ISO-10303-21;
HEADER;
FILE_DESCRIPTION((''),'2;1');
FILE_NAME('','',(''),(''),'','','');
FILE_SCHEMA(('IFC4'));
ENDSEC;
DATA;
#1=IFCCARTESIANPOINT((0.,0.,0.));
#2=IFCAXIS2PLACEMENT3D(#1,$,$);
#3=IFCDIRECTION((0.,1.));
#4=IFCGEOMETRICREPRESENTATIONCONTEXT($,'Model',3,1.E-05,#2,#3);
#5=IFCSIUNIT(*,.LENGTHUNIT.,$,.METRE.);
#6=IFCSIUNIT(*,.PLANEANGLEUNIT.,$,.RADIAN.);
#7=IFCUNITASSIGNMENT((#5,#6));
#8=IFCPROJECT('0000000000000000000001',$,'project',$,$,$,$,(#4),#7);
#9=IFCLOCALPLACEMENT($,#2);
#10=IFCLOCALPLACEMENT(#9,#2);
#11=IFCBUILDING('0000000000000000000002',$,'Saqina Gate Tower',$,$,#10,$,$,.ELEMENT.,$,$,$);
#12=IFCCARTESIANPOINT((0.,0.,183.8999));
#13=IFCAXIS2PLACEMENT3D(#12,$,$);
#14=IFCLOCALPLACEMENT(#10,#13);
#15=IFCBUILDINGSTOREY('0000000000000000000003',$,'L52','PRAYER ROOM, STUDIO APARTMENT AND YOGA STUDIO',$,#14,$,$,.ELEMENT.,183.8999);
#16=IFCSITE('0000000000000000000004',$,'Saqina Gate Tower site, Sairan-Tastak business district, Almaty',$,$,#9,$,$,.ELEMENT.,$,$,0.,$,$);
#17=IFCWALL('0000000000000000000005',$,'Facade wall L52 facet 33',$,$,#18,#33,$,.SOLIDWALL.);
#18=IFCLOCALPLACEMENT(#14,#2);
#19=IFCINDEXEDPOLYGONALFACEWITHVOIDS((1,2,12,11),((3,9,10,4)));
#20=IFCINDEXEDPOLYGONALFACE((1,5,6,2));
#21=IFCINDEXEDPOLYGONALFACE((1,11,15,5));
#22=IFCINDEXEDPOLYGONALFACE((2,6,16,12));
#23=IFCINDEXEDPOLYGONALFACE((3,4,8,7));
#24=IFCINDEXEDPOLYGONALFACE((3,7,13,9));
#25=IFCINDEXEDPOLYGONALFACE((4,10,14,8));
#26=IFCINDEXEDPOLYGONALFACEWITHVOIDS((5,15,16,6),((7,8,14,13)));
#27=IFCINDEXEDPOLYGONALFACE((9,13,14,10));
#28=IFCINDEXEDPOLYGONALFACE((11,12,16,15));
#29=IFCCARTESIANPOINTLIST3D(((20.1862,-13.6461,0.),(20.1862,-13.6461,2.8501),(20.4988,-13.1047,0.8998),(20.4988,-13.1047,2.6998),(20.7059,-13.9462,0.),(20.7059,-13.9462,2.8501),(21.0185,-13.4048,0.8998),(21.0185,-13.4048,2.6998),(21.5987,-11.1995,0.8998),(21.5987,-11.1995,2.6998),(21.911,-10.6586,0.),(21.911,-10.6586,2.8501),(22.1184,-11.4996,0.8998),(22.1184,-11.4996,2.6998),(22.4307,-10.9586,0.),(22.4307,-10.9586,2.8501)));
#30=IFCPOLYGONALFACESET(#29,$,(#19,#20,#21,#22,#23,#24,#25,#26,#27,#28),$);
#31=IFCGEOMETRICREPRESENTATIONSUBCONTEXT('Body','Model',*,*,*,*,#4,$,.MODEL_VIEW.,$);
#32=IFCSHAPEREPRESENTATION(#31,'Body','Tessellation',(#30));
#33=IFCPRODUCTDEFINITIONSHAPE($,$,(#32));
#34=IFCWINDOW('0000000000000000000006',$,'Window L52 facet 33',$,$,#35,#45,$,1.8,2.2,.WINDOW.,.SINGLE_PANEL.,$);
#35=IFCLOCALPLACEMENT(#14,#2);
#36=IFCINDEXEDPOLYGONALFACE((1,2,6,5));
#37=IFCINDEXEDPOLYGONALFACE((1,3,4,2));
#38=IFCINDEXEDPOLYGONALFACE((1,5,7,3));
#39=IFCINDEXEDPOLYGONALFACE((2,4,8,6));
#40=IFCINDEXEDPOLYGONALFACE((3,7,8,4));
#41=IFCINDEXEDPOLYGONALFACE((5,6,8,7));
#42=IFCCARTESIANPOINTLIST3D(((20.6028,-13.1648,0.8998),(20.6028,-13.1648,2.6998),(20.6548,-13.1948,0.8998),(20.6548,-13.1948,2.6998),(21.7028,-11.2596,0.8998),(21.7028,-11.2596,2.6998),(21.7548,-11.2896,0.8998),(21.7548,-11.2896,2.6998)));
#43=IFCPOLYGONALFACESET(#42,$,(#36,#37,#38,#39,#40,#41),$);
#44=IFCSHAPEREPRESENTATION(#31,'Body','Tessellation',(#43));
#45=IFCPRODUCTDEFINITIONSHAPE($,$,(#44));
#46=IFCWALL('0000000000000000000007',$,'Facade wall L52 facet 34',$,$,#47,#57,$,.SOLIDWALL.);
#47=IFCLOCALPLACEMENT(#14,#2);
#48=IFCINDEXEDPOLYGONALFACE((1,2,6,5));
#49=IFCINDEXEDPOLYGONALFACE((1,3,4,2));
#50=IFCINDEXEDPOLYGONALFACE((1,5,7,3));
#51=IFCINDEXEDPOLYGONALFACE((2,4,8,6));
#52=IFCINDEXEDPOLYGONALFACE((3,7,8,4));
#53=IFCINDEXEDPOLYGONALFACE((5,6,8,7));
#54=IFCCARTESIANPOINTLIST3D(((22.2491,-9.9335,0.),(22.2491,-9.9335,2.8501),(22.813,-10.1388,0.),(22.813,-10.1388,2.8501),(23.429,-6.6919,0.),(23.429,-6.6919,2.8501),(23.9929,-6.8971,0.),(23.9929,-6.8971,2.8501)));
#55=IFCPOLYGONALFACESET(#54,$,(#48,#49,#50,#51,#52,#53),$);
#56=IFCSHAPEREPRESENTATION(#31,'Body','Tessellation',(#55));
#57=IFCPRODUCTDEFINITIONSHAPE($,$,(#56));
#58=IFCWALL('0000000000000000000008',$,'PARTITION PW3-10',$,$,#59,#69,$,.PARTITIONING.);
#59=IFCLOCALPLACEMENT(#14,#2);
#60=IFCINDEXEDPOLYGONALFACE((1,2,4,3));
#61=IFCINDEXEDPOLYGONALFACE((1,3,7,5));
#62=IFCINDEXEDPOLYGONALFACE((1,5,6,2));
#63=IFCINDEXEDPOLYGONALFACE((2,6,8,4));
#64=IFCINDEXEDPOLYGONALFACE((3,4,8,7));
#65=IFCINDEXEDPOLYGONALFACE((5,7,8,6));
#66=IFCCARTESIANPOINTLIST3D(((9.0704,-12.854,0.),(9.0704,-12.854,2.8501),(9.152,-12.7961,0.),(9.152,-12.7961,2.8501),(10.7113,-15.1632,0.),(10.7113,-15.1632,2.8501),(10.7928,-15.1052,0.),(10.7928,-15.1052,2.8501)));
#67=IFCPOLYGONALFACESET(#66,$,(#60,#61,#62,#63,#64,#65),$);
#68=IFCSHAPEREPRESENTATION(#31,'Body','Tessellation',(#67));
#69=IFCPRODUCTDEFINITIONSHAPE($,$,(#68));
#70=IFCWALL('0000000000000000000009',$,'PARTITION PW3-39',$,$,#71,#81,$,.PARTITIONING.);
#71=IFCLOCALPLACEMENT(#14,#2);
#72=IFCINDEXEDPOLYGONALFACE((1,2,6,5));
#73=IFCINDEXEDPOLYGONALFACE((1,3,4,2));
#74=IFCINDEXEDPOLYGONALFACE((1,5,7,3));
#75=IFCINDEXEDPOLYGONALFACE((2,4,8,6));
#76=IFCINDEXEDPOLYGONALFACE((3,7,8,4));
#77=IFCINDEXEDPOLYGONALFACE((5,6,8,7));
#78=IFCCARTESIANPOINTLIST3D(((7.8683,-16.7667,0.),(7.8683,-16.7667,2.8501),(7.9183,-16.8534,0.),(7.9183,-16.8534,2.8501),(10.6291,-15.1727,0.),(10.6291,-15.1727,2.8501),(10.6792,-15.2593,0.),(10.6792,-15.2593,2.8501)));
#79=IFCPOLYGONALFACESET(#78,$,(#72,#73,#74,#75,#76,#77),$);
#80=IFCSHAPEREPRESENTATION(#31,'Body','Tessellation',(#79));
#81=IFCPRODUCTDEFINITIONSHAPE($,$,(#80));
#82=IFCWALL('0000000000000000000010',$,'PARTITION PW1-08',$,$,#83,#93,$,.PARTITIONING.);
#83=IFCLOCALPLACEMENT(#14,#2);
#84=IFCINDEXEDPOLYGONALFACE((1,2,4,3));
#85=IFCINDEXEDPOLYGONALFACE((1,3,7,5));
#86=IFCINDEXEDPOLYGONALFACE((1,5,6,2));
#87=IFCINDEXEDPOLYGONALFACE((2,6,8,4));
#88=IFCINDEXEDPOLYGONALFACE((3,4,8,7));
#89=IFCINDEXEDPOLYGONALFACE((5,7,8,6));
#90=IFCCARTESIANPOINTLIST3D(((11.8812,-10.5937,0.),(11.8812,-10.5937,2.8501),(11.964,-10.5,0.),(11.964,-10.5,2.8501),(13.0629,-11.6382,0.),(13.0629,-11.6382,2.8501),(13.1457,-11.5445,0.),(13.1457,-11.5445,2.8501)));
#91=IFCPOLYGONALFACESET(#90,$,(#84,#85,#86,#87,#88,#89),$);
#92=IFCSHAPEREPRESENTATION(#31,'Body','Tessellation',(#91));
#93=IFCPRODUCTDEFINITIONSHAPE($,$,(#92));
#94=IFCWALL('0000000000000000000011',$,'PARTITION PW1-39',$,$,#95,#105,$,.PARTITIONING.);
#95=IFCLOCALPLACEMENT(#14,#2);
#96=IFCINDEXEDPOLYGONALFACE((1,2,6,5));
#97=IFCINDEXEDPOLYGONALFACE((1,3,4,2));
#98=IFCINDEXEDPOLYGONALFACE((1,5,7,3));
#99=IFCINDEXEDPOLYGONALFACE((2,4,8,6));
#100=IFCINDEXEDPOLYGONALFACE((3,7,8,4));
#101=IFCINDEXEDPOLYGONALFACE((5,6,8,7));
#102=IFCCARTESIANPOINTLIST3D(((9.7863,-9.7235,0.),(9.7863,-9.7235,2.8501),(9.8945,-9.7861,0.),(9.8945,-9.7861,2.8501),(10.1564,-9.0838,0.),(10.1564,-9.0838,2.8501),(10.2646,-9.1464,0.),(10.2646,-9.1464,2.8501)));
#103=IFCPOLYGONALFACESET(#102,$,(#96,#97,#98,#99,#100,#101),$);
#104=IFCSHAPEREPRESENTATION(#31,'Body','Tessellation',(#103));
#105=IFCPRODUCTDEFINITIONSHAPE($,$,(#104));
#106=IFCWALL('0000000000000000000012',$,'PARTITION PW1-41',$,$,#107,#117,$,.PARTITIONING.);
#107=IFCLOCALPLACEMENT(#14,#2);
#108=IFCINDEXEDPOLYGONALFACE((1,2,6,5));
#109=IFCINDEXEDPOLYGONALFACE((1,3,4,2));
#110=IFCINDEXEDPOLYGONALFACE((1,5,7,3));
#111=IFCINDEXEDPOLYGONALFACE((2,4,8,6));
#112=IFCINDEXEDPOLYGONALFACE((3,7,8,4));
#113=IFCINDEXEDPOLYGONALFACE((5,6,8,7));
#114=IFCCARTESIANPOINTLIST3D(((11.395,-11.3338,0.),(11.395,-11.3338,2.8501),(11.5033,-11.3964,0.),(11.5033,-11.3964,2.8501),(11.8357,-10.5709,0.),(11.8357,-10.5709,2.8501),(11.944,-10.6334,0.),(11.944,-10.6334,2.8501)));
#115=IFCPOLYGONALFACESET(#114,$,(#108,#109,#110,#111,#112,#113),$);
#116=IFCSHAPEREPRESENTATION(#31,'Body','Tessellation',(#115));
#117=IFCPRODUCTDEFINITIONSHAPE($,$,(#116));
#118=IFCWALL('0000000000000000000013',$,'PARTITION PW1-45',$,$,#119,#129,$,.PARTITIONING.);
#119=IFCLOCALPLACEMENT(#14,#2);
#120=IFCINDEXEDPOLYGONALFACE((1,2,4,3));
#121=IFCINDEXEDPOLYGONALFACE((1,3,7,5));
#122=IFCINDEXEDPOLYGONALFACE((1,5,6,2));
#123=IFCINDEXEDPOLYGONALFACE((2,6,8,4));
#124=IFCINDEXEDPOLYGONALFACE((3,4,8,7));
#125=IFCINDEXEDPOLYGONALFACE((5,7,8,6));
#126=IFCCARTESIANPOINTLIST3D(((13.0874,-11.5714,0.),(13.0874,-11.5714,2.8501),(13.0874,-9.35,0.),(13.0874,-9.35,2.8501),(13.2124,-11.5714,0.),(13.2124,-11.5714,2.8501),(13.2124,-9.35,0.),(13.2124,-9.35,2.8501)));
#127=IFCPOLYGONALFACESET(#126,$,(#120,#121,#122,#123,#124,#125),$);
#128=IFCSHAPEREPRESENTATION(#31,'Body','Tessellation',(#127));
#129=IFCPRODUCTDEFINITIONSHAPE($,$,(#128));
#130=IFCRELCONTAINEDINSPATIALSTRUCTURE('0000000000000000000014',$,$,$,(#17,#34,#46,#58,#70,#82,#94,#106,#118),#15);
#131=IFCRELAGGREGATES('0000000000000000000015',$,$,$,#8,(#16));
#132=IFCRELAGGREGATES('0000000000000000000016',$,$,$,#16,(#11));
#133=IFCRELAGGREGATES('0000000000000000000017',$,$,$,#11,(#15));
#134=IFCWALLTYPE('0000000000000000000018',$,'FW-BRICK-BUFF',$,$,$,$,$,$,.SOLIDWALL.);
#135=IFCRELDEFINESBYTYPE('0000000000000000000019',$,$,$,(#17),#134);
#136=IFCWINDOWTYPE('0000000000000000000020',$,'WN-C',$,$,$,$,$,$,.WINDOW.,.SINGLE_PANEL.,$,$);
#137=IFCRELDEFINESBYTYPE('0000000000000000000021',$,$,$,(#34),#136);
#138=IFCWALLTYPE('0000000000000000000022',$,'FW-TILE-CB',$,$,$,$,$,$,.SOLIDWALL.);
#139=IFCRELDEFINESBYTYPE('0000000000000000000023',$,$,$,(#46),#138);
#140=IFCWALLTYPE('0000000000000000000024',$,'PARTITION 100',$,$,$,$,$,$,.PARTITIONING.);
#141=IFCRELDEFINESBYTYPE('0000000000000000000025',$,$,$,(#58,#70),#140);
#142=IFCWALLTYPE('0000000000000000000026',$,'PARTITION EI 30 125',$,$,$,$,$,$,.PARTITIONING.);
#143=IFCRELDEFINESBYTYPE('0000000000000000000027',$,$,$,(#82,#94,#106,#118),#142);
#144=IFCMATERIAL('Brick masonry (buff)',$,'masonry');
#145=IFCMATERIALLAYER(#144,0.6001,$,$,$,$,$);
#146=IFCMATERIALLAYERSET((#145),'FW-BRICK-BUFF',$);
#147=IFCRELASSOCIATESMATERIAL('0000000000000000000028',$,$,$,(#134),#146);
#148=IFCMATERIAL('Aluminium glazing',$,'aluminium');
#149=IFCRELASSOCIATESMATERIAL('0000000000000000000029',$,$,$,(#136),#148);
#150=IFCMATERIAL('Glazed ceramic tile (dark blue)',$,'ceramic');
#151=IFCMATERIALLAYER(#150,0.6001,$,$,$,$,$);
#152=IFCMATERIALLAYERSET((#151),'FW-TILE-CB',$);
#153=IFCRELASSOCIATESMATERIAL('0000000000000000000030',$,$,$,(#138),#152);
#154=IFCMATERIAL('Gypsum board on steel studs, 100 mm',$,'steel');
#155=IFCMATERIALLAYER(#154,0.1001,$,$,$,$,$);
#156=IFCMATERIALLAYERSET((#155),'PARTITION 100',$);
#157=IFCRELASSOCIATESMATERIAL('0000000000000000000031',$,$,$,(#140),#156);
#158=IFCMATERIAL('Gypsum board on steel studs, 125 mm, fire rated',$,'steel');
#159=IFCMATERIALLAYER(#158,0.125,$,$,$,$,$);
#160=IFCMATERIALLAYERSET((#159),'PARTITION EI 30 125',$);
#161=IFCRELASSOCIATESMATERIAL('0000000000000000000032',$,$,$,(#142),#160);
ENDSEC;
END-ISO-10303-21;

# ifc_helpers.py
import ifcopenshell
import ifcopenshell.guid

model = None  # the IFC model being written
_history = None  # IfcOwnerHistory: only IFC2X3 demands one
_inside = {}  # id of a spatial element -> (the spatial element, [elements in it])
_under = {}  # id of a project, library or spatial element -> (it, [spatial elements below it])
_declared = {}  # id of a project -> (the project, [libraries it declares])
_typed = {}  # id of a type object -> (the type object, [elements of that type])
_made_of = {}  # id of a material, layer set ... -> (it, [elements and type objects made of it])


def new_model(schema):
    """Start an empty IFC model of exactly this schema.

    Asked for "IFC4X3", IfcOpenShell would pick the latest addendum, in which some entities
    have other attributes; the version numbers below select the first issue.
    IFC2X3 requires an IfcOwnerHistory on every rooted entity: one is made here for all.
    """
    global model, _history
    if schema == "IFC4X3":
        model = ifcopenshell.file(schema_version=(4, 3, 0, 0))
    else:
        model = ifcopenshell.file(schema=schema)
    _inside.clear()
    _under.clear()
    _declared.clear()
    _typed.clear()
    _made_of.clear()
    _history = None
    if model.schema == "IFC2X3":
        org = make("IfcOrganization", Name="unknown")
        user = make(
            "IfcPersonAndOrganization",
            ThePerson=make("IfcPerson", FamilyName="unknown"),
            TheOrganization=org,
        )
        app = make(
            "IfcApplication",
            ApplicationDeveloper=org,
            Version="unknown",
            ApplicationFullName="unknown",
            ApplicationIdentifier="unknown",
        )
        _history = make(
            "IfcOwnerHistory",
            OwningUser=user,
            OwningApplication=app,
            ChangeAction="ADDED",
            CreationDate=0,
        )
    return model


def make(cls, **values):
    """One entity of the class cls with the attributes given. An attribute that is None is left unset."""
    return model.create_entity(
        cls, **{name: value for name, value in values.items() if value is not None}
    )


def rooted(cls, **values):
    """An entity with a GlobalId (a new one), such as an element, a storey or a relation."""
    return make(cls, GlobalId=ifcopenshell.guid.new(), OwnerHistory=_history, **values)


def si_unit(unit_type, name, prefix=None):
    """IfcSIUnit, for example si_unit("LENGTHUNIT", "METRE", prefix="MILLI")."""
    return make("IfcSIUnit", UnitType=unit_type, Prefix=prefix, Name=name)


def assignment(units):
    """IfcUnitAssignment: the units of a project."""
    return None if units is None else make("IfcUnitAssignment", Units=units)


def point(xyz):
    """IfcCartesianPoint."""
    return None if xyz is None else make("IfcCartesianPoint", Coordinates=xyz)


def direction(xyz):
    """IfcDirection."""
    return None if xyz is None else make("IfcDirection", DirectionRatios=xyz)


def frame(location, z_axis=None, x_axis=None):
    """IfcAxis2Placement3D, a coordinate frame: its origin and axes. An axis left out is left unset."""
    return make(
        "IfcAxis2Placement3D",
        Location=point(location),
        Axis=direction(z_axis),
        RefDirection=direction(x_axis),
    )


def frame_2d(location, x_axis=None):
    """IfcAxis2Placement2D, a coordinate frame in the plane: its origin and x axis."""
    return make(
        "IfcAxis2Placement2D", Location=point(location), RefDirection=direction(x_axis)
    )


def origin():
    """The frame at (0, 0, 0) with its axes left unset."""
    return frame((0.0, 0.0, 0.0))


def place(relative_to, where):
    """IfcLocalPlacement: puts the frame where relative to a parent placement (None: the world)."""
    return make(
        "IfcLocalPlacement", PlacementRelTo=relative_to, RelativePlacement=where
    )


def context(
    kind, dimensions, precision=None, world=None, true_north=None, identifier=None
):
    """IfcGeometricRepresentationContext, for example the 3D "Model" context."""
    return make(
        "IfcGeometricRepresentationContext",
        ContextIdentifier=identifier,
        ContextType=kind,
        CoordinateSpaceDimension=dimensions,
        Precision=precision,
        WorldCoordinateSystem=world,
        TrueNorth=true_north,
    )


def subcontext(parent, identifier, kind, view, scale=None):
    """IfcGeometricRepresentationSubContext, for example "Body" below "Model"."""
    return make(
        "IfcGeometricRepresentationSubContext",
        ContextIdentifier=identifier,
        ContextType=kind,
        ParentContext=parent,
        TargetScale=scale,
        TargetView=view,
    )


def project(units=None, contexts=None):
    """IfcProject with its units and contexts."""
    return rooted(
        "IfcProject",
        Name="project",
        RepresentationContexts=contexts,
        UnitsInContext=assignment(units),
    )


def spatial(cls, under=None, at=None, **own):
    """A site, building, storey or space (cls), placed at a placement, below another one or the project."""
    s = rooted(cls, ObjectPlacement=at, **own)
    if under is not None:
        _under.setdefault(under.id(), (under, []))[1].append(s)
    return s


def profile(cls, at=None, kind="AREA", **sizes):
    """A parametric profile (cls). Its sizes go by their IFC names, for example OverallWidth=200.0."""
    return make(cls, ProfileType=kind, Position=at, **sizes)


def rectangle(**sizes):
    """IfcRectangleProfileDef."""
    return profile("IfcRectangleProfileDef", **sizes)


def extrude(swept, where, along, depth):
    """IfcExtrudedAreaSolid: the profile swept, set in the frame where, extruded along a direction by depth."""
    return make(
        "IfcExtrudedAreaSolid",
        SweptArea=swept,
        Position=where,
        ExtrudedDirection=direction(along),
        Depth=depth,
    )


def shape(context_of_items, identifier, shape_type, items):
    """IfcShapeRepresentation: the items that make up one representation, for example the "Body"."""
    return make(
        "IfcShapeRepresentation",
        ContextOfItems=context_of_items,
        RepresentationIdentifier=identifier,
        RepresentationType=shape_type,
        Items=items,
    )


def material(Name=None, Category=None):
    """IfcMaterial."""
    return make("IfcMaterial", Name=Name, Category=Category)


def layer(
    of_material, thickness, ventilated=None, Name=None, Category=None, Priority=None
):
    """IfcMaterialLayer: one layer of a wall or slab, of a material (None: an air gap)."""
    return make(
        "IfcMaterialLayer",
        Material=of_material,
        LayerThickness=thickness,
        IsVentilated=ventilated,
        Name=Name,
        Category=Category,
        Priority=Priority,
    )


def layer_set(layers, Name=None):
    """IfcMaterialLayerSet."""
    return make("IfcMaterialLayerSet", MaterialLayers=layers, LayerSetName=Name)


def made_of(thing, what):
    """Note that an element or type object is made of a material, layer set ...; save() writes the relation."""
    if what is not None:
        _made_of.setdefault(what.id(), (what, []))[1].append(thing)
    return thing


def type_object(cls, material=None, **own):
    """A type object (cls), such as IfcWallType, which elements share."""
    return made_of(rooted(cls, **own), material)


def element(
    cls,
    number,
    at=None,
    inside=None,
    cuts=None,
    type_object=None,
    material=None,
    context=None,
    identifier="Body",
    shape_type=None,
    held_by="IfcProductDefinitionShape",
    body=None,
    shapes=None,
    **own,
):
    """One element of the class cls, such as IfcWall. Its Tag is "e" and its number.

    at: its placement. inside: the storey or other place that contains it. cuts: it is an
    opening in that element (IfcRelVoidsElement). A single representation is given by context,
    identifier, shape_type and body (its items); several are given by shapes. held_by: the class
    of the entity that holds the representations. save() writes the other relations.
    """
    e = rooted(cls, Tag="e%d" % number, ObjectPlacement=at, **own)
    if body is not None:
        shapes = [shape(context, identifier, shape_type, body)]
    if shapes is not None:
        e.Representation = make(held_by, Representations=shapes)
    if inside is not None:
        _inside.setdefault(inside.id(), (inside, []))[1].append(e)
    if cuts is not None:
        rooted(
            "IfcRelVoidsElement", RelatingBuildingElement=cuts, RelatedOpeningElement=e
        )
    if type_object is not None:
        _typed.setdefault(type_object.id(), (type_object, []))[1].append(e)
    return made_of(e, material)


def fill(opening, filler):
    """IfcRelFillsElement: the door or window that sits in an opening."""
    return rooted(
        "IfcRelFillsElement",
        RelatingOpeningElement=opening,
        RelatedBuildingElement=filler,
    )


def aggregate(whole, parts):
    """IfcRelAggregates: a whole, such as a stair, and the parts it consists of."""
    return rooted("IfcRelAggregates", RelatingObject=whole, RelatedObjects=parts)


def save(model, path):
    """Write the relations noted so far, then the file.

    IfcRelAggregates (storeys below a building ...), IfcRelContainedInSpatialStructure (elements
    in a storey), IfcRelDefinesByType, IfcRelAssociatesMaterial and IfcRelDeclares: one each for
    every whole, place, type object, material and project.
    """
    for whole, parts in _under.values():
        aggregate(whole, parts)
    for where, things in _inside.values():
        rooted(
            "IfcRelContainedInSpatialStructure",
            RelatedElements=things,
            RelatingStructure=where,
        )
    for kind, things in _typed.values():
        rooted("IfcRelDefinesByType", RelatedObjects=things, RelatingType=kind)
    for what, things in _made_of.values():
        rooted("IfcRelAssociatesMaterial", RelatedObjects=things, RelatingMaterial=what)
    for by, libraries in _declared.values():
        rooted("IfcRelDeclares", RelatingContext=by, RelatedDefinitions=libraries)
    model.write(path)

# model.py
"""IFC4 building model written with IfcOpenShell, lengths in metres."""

from ifc_helpers import new_model, si_unit, direction, frame, frame_2d, origin, place, context, subcontext, project, spatial, rectangle, extrude, material, layer, layer_set, type_object, element, fill, save


model = new_model("IFC4")

# Units and contexts
model_context = context("Model", 3, precision=1e-05, world=origin(), true_north=direction((0.0, 1.0)))
body_context = subcontext(model_context, "Body", "Model", "MODEL_VIEW")
ifc_project = project(units=[si_unit("LENGTHUNIT", "METRE"), si_unit("PLANEANGLEUNIT", "RADIAN")], contexts=[model_context])

# Site, building, storey
site_placement = place(None, origin())
site = spatial("IfcSite", under=ifc_project, at=site_placement, Name="Saqina Gate Tower site, Sairan-Tastak business district, Almaty", CompositionType="ELEMENT", RefElevation=0.0)
building_placement = place(site_placement, origin())
building = spatial("IfcBuilding", under=site, at=building_placement, Name="Saqina Gate Tower", CompositionType="ELEMENT")
storey_placement = place(building_placement, frame((0.0, 0.0, 183.8999)))
storey = spatial("IfcBuildingStorey", under=building, at=storey_placement, Name="L52", Description="PRAYER ROOM, STUDIO APARTMENT AND YOGA STUDIO", CompositionType="ELEMENT", Elevation=183.8999)

# Wall, opening, window
ifc_material_1 = material(Name="Brick masonry (buff)", Category="masonry")
ifc_layer_1 = layer(ifc_material_1, 0.6001)
ifc_layer_set_1 = layer_set([ifc_layer_1], Name="FW-BRICK-BUFF")
wall_type_1 = type_object("IfcWallType", Name="FW-BRICK-BUFF", PredefinedType="SOLIDWALL", material=ifc_layer_set_1)
ifc_material_2 = material(Name="Aluminium glazing", Category="aluminium")
window_type = type_object("IfcWindowType", Name="WN-C", PartitioningType="SINGLE_PANEL", PredefinedType="WINDOW", material=ifc_material_2)
wall_1_placement = place(storey_placement, frame((20.446, -13.7961, 0.0), z_axis=(0.0, 0.0, 1.0), x_axis=(0.499998, 0.866026, 0.0)))
wall_1 = element("IfcWall", 1, at=wall_1_placement, inside=storey, type_object=wall_type_1, Name="Facade wall L52 facet 33", PredefinedType="SOLIDWALL", context=body_context, shape_type="SweptSolid", body=[
    extrude(rectangle(XDim=3.4497, YDim=0.6001, at=frame_2d((1.7249, 0.0))), origin(), (0.0, 0.0, 1.0), 2.8501),
])
opening_1_placement = place(wall_1_placement, frame((0.625, 0.0, 0.8999)))
opening_1 = element("IfcOpeningElement", 2, at=opening_1_placement, cuts=wall_1, PredefinedType="OPENING", context=body_context, shape_type="SweptSolid", body=[
    extrude(rectangle(XDim=2.2, YDim=1.8, at=frame_2d((1.1001, 0.8999))), frame((0.0, 0.312, 0.0), z_axis=(0.0, -1.0, 0.0), x_axis=(1.0, 0.0, 0.0)), (0.0, 0.0, 1.0), 0.624),
])
window_1_placement = place(opening_1_placement, origin())
window_1 = element("IfcWindow", 3, at=window_1_placement, inside=storey, type_object=window_type, Name="Window L52 facet 33", OverallHeight=1.8, OverallWidth=2.2, PartitioningType="SINGLE_PANEL", PredefinedType="WINDOW", context=body_context, shape_type="SweptSolid", body=[
    extrude(rectangle(XDim=2.2, YDim=1.8, at=frame_2d((1.1001, 0.8999))), frame((0.0, 0.1799, 0.0), z_axis=(0.0, -1.0, 0.0), x_axis=(1.0, 0.0, 0.0)), (0.0, 0.0, 1.0), 0.0601),
])
fill(opening_1, window_1)

# Walls
ifc_material_3 = material(Name="Glazed ceramic tile (dark blue)", Category="ceramic")
ifc_layer_2 = layer(ifc_material_3, 0.6001)
ifc_layer_set_2 = layer_set([ifc_layer_2], Name="FW-TILE-CB")
wall_type_2 = type_object("IfcWallType", Name="FW-TILE-CB", PredefinedType="SOLIDWALL", material=ifc_layer_set_2)
wall_2_placement = place(storey_placement, frame((22.531, -10.0361, 0.0), z_axis=(0.0, 0.0, 1.0), x_axis=(0.342033, 0.939688, 0.0)))
element("IfcWall", 4, at=wall_2_placement, inside=storey, type_object=wall_type_2, Name="Facade wall L52 facet 34", PredefinedType="SOLIDWALL", context=body_context, shape_type="SweptSolid", body=[
    extrude(rectangle(XDim=3.4497, YDim=0.6001, at=frame_2d((1.7249, 0.0))), origin(), (0.0, 0.0, 1.0), 2.8501),
])
ifc_material_4 = material(Name="Gypsum board on steel studs, 100 mm", Category="steel")
ifc_layer_3 = layer(ifc_material_4, 0.1001)
ifc_layer_set_3 = layer_set([ifc_layer_3], Name="PARTITION 100")
wall_type_3 = type_object("IfcWallType", Name="PARTITION 100", PredefinedType="PARTITIONING", material=ifc_layer_set_3)
wall_3_placement = place(storey_placement, frame((9.1111, -12.825, 0.0), z_axis=(0.0, 0.0, 1.0), x_axis=(0.579255, -0.815146, 0.0)))
element("IfcWall", 5, at=wall_3_placement, inside=storey, type_object=wall_type_3, Name="PARTITION PW3-10", PredefinedType="PARTITIONING", context=body_context, shape_type="SweptSolid", body=[
    extrude(rectangle(XDim=2.8328, YDim=0.1001, at=frame_2d((1.4165, 0.0))), origin(), (0.0, 0.0, 1.0), 2.8501),
])
wall_4_placement = place(storey_placement, frame((7.8933, -16.8101, 0.0), z_axis=(0.0, 0.0, 1.0), x_axis=(0.866015, 0.500019, 0.0)))
element("IfcWall", 6, at=wall_4_placement, inside=storey, type_object=wall_type_3, Name="PARTITION PW3-39", PredefinedType="PARTITIONING", context=body_context, shape_type="SweptSolid", body=[
    extrude(rectangle(XDim=3.188, YDim=0.1001, at=frame_2d((1.594, 0.0))), origin(), (0.0, 0.0, 1.0), 2.8501),
])
ifc_material_5 = material(Name="Gypsum board on steel studs, 125 mm, fire rated", Category="steel")
ifc_layer_4 = layer(ifc_material_5, 0.125)
ifc_layer_set_4 = layer_set([ifc_layer_4], Name="PARTITION EI 30 125")
wall_type_4 = type_object("IfcWallType", Name="PARTITION EI 30 125", PredefinedType="PARTITIONING", material=ifc_layer_set_4)
wall_5_placement = place(storey_placement, frame((11.9226, -10.5469, 0.0), z_axis=(0.0, 0.0, 1.0), x_axis=(0.749268, -0.662267, 0.0)))
element("IfcWall", 7, at=wall_5_placement, inside=storey, type_object=wall_type_4, Name="PARTITION PW1-08", PredefinedType="PARTITIONING", context=body_context, shape_type="SweptSolid", body=[
    extrude(rectangle(XDim=1.5771, YDim=0.125, at=frame_2d((0.7886, 0.0))), origin(), (0.0, 0.0, 1.0), 2.8501),
])
wall_6_placement = place(storey_placement, frame((9.8403, -9.7549, 0.0), z_axis=(0.0, 0.0, 1.0), x_axis=(0.500828, 0.865547, 0.0)))
element("IfcWall", 8, at=wall_6_placement, inside=storey, type_object=wall_type_4, Name="PARTITION PW1-39", PredefinedType="PARTITIONING", context=body_context, shape_type="SweptSolid", body=[
    extrude(rectangle(XDim=0.739, YDim=0.125, at=frame_2d((0.3696, 0.0))), origin(), (0.0, 0.0, 1.0), 2.8501),
])
wall_7_placement = place(storey_placement, frame((11.4492, -11.365, 0.0), z_axis=(0.0, 0.0, 1.0), x_axis=(0.500162, 0.865932, 0.0)))
element("IfcWall", 9, at=wall_7_placement, inside=storey, type_object=wall_type_4, Name="PARTITION PW1-41", PredefinedType="PARTITIONING", context=body_context, shape_type="SweptSolid", body=[
    extrude(rectangle(XDim=0.8811, YDim=0.125, at=frame_2d((0.4404, 0.0))), origin(), (0.0, 0.0, 1.0), 2.8501),
])
wall_8_placement = place(storey_placement, frame((13.1499, -11.5715, 0.0), z_axis=(0.0, 0.0, 1.0), x_axis=(0.0, 1.0, 0.0)))
element("IfcWall", 10, at=wall_8_placement, inside=storey, type_object=wall_type_4, Name="PARTITION PW1-45", PredefinedType="PARTITIONING", context=body_context, shape_type="SweptSolid", body=[
    extrude(rectangle(XDim=2.2214, YDim=0.125, at=frame_2d((1.1108, 0.0))), origin(), (0.0, 0.0, 1.0), 2.8501),
])

save(model, "model.ifc")
